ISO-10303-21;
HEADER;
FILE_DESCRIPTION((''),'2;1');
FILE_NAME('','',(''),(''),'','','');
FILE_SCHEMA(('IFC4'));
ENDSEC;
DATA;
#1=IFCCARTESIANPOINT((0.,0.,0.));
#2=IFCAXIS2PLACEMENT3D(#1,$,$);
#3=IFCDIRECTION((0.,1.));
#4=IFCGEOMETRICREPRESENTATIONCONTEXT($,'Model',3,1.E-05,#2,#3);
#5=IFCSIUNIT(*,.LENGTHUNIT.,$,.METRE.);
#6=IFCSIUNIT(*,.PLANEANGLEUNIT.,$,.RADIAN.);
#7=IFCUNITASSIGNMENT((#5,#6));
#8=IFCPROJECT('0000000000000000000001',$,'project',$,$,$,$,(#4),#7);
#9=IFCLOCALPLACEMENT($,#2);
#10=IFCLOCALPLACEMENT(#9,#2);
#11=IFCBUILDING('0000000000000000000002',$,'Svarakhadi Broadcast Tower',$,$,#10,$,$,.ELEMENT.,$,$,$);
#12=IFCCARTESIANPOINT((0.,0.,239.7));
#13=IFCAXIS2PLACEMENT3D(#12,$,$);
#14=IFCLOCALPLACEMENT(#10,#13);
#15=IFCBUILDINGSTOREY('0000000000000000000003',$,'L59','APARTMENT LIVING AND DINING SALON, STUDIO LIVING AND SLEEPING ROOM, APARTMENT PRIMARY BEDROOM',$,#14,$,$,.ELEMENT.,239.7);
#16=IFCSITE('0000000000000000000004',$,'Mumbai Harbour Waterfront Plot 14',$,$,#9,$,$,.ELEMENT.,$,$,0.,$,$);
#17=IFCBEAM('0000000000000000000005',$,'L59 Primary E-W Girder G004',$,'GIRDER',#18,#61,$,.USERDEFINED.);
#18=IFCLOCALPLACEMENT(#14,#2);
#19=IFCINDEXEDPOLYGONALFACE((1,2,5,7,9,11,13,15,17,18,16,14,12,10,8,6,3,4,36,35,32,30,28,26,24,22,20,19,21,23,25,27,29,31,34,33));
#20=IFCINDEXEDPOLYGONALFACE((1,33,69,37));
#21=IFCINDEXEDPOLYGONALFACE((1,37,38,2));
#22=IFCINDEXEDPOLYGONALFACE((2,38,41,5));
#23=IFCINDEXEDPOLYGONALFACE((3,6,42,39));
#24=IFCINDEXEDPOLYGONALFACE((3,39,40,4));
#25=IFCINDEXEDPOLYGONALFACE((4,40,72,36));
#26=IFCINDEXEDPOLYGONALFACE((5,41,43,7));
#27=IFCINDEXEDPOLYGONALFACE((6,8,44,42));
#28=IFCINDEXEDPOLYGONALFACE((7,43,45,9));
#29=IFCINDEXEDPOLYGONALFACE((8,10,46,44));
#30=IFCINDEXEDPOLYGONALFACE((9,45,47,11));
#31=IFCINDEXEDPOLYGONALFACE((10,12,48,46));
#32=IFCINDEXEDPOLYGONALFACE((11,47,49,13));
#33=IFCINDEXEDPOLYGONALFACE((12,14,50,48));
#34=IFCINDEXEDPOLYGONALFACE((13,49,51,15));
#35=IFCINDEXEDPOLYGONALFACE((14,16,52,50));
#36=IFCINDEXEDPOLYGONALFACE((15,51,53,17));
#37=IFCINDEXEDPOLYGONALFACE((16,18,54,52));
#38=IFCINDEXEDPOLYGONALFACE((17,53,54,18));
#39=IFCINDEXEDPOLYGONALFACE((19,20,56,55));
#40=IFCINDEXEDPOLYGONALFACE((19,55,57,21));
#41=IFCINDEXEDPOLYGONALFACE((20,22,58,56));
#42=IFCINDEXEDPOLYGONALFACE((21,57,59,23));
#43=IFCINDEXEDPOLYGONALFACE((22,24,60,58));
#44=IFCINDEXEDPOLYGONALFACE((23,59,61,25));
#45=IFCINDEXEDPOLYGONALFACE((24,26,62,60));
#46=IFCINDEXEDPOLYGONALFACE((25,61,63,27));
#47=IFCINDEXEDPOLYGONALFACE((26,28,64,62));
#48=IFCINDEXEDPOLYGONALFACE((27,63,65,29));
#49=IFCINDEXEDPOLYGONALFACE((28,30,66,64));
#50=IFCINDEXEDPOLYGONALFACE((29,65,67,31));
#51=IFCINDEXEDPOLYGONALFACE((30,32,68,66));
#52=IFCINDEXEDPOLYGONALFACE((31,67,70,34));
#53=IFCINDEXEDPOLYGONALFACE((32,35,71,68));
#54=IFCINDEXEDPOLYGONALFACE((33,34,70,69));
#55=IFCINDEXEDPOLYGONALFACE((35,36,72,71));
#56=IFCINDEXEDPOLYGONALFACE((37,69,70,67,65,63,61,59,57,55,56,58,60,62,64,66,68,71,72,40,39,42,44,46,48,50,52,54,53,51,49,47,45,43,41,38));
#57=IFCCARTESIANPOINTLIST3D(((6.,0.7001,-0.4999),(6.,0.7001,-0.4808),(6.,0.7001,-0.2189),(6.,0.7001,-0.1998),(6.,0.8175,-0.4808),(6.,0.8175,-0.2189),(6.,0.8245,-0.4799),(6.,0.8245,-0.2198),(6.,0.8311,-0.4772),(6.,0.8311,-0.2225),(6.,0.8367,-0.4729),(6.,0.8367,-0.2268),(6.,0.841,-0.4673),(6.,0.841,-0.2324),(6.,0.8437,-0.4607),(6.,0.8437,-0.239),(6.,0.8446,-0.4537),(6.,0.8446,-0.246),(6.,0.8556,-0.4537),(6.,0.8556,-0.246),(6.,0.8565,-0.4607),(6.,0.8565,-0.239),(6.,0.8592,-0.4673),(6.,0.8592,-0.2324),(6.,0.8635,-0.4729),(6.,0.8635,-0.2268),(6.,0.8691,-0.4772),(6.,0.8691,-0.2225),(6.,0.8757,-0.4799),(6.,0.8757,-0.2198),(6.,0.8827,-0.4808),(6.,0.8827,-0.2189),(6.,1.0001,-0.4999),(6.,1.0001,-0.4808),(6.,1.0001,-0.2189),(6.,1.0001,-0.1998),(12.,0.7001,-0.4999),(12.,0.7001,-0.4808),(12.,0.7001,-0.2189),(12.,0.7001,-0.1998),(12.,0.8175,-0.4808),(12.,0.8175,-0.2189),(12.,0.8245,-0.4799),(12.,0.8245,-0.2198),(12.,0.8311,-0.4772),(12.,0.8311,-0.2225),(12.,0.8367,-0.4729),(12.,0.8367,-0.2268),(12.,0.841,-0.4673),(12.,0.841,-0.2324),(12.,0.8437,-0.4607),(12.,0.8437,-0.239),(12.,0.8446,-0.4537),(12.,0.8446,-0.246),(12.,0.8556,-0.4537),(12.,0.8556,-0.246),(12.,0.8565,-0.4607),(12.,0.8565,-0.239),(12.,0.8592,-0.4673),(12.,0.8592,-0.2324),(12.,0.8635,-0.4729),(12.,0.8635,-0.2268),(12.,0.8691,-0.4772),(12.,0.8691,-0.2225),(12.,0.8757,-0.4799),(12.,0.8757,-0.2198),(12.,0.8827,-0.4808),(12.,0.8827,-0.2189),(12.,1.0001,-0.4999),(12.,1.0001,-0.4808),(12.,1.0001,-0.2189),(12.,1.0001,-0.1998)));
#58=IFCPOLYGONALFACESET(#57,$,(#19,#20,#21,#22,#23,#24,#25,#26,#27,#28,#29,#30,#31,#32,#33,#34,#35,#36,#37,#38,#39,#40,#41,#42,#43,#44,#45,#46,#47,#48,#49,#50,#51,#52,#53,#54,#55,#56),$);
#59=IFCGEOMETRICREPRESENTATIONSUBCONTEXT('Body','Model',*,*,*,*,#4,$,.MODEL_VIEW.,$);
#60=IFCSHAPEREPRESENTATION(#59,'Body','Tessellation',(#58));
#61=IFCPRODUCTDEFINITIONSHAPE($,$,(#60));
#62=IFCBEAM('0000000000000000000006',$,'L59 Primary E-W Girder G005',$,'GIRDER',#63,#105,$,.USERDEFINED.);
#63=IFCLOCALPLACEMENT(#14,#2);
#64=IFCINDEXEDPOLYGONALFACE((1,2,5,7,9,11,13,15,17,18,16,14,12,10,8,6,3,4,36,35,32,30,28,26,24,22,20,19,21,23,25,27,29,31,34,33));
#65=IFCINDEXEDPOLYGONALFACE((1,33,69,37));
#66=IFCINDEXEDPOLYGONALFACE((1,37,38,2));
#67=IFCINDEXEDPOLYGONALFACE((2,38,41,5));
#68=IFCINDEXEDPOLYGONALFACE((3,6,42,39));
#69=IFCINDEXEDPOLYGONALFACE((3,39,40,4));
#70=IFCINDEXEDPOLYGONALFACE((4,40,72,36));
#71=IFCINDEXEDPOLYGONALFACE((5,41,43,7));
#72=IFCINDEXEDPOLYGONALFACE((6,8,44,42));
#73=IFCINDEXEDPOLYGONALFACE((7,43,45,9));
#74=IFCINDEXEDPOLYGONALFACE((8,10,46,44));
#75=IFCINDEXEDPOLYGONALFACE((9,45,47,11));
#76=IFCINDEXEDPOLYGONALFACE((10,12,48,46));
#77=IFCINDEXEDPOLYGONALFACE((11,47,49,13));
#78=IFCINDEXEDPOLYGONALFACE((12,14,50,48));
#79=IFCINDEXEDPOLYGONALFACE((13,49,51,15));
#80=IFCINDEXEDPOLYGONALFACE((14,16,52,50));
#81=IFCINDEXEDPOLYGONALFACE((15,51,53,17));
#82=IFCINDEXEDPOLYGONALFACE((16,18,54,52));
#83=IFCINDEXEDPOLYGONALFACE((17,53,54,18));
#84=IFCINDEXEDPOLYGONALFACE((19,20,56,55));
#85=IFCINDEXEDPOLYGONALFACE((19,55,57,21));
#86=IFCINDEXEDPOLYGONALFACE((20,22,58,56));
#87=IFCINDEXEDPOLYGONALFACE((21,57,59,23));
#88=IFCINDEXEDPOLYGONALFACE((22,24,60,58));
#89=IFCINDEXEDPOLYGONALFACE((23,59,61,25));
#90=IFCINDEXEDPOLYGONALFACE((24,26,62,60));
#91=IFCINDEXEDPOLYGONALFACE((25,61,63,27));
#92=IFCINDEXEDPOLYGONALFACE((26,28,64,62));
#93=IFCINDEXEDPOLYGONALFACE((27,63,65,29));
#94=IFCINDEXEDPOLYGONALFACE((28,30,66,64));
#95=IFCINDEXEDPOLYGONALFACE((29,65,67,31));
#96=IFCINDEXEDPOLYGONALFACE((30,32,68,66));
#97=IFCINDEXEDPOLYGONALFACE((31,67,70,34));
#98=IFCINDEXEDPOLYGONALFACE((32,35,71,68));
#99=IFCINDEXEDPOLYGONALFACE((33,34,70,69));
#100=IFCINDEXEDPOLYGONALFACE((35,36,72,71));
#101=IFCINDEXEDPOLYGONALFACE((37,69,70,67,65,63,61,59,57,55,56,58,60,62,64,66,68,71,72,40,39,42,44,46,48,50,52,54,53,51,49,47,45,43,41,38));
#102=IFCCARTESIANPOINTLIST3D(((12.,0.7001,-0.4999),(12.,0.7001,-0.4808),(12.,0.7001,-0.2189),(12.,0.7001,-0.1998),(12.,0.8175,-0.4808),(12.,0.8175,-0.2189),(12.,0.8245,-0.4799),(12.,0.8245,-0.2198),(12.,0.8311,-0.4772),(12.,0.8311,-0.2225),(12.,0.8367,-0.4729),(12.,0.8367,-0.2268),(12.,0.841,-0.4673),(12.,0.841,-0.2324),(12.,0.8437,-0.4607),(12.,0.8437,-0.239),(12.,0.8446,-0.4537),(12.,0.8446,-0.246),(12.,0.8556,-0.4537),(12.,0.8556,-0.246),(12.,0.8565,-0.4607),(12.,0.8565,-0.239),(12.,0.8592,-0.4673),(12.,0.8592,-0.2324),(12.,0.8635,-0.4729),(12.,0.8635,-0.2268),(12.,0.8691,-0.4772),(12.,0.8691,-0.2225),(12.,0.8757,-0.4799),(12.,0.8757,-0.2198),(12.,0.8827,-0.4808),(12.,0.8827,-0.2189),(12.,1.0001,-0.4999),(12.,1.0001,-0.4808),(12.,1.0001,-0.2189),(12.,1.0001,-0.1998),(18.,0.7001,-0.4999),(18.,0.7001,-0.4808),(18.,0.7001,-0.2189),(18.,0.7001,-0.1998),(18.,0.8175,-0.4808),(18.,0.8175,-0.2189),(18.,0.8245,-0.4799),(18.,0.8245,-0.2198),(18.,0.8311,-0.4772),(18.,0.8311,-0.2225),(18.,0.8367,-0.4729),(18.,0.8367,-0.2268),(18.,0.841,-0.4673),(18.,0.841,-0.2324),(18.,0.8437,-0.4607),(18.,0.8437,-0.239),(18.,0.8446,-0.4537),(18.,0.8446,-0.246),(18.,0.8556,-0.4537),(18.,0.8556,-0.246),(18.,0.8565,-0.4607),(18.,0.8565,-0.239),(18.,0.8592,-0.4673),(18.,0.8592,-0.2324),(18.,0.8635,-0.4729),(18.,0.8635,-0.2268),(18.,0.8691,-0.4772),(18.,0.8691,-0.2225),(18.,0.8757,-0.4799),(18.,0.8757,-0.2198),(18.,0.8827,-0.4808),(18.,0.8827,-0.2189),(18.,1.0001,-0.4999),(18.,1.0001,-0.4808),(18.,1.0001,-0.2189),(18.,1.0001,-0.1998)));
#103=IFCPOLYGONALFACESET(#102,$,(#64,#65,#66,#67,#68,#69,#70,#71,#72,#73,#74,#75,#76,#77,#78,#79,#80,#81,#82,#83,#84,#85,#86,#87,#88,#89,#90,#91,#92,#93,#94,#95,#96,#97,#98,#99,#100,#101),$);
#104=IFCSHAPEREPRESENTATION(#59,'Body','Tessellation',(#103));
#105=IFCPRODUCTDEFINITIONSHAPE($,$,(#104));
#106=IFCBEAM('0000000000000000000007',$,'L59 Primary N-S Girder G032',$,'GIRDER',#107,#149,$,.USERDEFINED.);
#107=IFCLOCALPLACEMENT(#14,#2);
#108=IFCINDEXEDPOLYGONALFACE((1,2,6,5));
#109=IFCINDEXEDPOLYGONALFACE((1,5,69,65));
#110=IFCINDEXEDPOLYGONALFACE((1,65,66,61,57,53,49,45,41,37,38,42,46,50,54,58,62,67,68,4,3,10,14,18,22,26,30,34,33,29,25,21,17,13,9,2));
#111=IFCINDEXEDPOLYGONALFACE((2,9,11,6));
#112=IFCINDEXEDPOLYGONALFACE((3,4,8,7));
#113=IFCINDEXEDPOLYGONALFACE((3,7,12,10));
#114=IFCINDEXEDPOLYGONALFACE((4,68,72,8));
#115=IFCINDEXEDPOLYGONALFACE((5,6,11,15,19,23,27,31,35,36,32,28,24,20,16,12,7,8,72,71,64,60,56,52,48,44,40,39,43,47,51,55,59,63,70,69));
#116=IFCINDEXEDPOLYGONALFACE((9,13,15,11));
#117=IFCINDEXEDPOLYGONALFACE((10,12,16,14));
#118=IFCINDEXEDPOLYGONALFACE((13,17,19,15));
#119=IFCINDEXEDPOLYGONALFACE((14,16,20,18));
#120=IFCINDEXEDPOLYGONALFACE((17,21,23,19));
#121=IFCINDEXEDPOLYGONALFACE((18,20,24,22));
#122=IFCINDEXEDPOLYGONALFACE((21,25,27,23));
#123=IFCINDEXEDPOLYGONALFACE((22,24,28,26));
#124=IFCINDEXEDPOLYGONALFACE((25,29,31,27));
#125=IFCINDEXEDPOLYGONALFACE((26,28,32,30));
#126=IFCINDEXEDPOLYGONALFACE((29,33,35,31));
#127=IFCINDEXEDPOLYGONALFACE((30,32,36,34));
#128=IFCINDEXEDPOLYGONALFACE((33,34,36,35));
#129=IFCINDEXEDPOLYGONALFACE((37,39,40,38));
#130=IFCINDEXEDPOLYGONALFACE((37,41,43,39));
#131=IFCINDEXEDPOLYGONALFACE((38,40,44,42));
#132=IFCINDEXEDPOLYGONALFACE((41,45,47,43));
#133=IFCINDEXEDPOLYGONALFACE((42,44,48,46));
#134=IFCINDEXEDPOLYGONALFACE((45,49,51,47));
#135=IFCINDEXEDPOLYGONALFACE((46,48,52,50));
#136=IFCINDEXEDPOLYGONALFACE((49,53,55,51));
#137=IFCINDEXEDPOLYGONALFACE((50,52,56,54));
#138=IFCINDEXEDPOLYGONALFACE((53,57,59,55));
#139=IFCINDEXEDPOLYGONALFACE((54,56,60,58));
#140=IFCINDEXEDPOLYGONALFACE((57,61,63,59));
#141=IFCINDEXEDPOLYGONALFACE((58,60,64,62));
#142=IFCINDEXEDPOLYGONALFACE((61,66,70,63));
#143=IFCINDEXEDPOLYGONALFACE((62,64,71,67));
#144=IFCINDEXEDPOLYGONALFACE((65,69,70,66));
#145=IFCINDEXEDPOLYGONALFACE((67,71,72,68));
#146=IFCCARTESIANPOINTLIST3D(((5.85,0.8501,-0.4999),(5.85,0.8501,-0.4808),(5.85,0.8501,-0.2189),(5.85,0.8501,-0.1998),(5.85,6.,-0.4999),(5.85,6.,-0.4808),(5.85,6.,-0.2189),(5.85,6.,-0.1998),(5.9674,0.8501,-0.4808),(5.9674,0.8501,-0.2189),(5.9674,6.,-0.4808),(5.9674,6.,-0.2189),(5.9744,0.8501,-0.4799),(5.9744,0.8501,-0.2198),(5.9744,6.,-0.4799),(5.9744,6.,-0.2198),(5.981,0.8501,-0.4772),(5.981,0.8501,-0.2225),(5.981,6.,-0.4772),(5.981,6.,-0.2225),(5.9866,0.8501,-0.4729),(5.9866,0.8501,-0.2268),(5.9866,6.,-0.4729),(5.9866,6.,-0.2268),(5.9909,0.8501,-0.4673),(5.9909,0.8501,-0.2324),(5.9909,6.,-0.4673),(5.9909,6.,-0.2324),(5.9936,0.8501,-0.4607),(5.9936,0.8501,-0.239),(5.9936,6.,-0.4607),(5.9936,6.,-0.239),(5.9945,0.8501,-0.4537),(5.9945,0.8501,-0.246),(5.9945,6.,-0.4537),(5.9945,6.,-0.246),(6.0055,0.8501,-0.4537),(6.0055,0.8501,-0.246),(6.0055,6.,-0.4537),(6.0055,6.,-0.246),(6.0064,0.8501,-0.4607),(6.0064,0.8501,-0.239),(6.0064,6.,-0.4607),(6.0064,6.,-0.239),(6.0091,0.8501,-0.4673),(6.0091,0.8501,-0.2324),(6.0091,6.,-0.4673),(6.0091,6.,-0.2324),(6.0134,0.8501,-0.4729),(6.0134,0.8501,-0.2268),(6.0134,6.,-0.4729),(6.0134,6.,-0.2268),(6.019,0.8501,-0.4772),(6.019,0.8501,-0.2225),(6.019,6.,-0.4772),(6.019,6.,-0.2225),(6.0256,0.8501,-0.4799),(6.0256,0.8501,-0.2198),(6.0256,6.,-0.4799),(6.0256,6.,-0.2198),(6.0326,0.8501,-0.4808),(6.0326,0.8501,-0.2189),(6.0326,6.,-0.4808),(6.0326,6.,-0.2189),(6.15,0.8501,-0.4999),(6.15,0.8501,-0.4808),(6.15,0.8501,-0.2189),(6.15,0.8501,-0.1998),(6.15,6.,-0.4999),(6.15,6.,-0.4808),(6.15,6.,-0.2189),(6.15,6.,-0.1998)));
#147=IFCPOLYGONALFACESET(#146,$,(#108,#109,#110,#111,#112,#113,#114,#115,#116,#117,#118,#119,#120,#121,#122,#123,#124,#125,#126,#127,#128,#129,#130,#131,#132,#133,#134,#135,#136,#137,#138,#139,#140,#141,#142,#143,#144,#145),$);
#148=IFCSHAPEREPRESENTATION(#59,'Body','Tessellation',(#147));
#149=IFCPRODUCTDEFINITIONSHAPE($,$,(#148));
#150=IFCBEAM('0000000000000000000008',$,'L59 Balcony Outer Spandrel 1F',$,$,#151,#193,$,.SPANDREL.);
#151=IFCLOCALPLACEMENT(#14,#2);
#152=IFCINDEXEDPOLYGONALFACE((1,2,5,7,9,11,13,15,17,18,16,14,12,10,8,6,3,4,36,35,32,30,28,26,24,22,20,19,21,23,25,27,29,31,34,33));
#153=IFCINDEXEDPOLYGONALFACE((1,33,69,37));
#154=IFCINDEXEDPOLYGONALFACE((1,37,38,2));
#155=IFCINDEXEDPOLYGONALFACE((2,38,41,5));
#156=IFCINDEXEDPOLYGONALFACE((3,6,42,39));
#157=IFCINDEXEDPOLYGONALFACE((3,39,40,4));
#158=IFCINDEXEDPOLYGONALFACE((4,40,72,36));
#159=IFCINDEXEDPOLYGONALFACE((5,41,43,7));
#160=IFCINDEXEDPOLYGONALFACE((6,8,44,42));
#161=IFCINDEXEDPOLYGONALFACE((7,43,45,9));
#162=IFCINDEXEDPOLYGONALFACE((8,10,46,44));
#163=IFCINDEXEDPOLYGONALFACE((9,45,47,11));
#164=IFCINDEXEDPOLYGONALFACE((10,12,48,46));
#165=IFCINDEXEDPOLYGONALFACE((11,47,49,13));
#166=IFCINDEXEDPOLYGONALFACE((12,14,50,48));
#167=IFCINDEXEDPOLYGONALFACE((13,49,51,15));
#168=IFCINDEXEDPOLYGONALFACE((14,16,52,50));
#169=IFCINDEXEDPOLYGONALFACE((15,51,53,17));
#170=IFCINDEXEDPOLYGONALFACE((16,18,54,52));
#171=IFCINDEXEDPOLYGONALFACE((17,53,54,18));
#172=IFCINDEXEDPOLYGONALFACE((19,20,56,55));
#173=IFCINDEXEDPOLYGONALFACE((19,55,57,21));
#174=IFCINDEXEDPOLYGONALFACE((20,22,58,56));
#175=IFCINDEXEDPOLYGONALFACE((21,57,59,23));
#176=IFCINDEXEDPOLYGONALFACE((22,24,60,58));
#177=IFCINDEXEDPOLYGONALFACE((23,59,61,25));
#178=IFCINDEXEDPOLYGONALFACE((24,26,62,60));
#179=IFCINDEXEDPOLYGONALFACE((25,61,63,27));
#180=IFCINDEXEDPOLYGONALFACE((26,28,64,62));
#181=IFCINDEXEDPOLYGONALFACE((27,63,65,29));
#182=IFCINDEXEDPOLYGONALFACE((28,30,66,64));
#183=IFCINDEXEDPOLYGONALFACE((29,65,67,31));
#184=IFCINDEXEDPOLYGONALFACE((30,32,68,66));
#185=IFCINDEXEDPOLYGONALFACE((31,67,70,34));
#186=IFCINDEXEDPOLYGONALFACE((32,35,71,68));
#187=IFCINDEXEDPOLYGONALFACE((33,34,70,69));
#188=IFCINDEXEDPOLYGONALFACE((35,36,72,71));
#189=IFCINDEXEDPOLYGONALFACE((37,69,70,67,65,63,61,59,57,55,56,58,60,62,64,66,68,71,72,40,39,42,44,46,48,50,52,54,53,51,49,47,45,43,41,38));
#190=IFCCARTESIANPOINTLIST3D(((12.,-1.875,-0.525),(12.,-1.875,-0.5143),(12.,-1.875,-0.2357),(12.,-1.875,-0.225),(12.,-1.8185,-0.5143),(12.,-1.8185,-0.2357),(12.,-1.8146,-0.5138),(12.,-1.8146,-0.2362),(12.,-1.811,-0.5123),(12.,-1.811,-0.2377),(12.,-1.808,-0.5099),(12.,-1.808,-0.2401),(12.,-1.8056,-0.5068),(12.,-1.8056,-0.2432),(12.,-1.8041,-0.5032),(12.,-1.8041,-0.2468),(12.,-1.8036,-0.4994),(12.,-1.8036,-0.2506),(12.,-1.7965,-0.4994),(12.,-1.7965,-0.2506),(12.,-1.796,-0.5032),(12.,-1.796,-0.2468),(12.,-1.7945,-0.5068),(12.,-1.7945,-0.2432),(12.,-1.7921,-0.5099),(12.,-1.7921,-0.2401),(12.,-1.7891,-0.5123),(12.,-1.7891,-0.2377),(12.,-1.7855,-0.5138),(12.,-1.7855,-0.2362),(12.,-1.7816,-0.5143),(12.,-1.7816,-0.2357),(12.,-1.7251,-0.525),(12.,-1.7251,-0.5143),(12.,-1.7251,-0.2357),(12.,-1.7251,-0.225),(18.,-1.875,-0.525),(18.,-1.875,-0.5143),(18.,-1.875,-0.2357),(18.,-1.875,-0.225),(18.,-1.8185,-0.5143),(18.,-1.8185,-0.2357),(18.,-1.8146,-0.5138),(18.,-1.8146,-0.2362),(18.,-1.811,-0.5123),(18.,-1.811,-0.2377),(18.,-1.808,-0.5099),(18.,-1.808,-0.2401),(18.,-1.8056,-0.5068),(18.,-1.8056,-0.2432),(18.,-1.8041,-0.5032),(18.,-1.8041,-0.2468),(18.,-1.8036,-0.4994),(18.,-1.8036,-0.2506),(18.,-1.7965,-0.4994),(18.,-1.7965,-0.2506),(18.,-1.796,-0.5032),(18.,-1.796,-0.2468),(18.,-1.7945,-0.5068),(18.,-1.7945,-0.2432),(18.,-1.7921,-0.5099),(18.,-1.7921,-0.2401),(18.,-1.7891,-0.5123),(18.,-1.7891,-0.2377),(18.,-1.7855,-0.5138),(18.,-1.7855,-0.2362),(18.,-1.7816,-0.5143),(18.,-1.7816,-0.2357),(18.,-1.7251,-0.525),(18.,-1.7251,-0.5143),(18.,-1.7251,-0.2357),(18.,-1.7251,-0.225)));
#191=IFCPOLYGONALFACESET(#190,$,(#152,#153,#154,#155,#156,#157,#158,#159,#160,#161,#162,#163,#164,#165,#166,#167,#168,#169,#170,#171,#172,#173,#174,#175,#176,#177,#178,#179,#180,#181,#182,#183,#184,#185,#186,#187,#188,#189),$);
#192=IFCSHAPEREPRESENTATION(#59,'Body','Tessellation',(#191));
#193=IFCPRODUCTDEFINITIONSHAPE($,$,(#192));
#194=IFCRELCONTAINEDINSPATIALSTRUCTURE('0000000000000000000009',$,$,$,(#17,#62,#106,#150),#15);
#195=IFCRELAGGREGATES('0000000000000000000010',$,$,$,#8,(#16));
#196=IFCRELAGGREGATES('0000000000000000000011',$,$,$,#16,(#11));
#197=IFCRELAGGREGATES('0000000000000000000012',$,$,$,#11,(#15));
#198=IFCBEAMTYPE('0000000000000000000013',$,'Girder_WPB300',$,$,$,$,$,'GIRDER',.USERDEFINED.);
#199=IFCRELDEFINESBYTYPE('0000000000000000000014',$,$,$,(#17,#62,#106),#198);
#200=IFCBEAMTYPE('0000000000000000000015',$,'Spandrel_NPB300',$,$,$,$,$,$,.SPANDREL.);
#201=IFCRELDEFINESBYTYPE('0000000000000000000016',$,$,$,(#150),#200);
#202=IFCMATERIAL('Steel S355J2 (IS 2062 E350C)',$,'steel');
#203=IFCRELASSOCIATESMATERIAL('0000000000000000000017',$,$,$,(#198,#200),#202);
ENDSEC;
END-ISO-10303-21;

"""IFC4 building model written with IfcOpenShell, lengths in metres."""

from ifc_helpers import new_model, si_unit, direction, frame, origin, origin_2d, place, context, subcontext, project, spatial, i_section, extrude, material, material_profile, profile_set, type_object, element, save


model = new_model("IFC4")

# Units and contexts
model_context = context("Model", 3, precision=1e-05, world=origin(), true_north=direction((0.0, 1.0)))
body_context = subcontext(model_context, "Body", "Model", "MODEL_VIEW")
ifc_project = project(units=[si_unit("LENGTHUNIT", "METRE"), si_unit("PLANEANGLEUNIT", "RADIAN")], contexts=[model_context])

# Site, building, storey
site_placement = place(None, origin())
site = spatial("IfcSite", under=ifc_project, at=site_placement, Name="Mumbai Harbour Waterfront Plot 14", CompositionType="ELEMENT", RefElevation=0.0)
building_placement = place(site_placement, origin())
building = spatial("IfcBuilding", under=site, at=building_placement, Name="Svarakhadi Broadcast Tower", CompositionType="ELEMENT")
storey_placement = place(building_placement, frame((0.0, 0.0, 239.7)))
storey = spatial("IfcBuildingStorey", under=building, at=storey_placement, Name="L59", Description="APARTMENT LIVING AND DINING SALON, STUDIO LIVING AND SLEEPING ROOM, APARTMENT PRIMARY BEDROOM", CompositionType="ELEMENT", Elevation=239.7)

# Beams
ifc_material_1 = material(Name="Steel S355J2 (IS 2062 E350C)", Category="steel")
ifc_material_profile_1 = material_profile(ifc_material_1, i_section(OverallWidth=0.3, OverallDepth=0.3, WebThickness=0.011, FlangeThickness=0.019, FilletRadius=0.0271, at=origin_2d()), Name="WPB 300x300x117")
ifc_profile_set_1 = profile_set([ifc_material_profile_1], Name="Steel S355J2 (IS 2062 E350C)")
beam_type_1 = type_object("IfcBeamType", Name="Girder_WPB300", ElementType="GIRDER", PredefinedType="USERDEFINED", material=ifc_profile_set_1)
for number, where, z_axis, x_axis, name in (
    (1, (6.0, 0.8501, -0.3499), (1.0, 0.0, 0.0), (0.0, 1.0, 0.0), "L59 Primary E-W Girder G004"),
    (2, (12.0, 0.8501, -0.3499), (1.0, 0.0, 0.0), (0.0, 1.0, 0.0), "L59 Primary E-W Girder G005"),
):
    element("IfcBeam", number, at=place(storey_placement, frame(where, z_axis=z_axis, x_axis=x_axis)), inside=storey, type_object=beam_type_1, Name=name, ObjectType="GIRDER", PredefinedType="USERDEFINED", context=body_context, shape_type="SweptSolid", body=[
        extrude(i_section(OverallWidth=0.3, OverallDepth=0.3, WebThickness=0.011, FlangeThickness=0.019, FilletRadius=0.0271, at=origin_2d()), origin(), (0.0, 0.0, 1.0), 6.0),
    ])
beam_1_placement = place(storey_placement, frame((6.0, 0.8501, -0.3499), z_axis=(0.0, 1.0, 0.0), x_axis=(-1.0, 0.0, 0.0)))
element("IfcBeam", 3, at=beam_1_placement, inside=storey, type_object=beam_type_1, Name="L59 Primary N-S Girder G032", ObjectType="GIRDER", PredefinedType="USERDEFINED", context=body_context, shape_type="SweptSolid", body=[
    extrude(i_section(OverallWidth=0.3, OverallDepth=0.3, WebThickness=0.011, FlangeThickness=0.019, FilletRadius=0.0271, at=origin_2d()), origin(), (0.0, 0.0, 1.0), 5.1499),
])
ifc_material_profile_2 = material_profile(ifc_material_1, i_section(OverallWidth=0.1499, OverallDepth=0.3, WebThickness=0.0071, FlangeThickness=0.0107, FilletRadius=0.0149, at=origin_2d()), Name="NPB 300x150x37")
ifc_profile_set_2 = profile_set([ifc_material_profile_2], Name="Steel S355J2 (IS 2062 E350C)")
beam_type_2 = type_object("IfcBeamType", Name="Spandrel_NPB300", PredefinedType="SPANDREL", material=ifc_profile_set_2)
beam_2_placement = place(storey_placement, frame((12.0, -1.8, -0.375), z_axis=(1.0, 0.0, 0.0), x_axis=(0.0, 1.0, 0.0)))
element("IfcBeam", 4, at=beam_2_placement, inside=storey, type_object=beam_type_2, Name="L59 Balcony Outer Spandrel 1F", PredefinedType="SPANDREL", context=body_context, shape_type="SweptSolid", body=[
    extrude(i_section(OverallWidth=0.1499, OverallDepth=0.3, WebThickness=0.0071, FlangeThickness=0.0107, FilletRadius=0.0149, at=origin_2d()), origin(), (0.0, 0.0, 1.0), 6.0),
])

save(model, "model.ifc")
